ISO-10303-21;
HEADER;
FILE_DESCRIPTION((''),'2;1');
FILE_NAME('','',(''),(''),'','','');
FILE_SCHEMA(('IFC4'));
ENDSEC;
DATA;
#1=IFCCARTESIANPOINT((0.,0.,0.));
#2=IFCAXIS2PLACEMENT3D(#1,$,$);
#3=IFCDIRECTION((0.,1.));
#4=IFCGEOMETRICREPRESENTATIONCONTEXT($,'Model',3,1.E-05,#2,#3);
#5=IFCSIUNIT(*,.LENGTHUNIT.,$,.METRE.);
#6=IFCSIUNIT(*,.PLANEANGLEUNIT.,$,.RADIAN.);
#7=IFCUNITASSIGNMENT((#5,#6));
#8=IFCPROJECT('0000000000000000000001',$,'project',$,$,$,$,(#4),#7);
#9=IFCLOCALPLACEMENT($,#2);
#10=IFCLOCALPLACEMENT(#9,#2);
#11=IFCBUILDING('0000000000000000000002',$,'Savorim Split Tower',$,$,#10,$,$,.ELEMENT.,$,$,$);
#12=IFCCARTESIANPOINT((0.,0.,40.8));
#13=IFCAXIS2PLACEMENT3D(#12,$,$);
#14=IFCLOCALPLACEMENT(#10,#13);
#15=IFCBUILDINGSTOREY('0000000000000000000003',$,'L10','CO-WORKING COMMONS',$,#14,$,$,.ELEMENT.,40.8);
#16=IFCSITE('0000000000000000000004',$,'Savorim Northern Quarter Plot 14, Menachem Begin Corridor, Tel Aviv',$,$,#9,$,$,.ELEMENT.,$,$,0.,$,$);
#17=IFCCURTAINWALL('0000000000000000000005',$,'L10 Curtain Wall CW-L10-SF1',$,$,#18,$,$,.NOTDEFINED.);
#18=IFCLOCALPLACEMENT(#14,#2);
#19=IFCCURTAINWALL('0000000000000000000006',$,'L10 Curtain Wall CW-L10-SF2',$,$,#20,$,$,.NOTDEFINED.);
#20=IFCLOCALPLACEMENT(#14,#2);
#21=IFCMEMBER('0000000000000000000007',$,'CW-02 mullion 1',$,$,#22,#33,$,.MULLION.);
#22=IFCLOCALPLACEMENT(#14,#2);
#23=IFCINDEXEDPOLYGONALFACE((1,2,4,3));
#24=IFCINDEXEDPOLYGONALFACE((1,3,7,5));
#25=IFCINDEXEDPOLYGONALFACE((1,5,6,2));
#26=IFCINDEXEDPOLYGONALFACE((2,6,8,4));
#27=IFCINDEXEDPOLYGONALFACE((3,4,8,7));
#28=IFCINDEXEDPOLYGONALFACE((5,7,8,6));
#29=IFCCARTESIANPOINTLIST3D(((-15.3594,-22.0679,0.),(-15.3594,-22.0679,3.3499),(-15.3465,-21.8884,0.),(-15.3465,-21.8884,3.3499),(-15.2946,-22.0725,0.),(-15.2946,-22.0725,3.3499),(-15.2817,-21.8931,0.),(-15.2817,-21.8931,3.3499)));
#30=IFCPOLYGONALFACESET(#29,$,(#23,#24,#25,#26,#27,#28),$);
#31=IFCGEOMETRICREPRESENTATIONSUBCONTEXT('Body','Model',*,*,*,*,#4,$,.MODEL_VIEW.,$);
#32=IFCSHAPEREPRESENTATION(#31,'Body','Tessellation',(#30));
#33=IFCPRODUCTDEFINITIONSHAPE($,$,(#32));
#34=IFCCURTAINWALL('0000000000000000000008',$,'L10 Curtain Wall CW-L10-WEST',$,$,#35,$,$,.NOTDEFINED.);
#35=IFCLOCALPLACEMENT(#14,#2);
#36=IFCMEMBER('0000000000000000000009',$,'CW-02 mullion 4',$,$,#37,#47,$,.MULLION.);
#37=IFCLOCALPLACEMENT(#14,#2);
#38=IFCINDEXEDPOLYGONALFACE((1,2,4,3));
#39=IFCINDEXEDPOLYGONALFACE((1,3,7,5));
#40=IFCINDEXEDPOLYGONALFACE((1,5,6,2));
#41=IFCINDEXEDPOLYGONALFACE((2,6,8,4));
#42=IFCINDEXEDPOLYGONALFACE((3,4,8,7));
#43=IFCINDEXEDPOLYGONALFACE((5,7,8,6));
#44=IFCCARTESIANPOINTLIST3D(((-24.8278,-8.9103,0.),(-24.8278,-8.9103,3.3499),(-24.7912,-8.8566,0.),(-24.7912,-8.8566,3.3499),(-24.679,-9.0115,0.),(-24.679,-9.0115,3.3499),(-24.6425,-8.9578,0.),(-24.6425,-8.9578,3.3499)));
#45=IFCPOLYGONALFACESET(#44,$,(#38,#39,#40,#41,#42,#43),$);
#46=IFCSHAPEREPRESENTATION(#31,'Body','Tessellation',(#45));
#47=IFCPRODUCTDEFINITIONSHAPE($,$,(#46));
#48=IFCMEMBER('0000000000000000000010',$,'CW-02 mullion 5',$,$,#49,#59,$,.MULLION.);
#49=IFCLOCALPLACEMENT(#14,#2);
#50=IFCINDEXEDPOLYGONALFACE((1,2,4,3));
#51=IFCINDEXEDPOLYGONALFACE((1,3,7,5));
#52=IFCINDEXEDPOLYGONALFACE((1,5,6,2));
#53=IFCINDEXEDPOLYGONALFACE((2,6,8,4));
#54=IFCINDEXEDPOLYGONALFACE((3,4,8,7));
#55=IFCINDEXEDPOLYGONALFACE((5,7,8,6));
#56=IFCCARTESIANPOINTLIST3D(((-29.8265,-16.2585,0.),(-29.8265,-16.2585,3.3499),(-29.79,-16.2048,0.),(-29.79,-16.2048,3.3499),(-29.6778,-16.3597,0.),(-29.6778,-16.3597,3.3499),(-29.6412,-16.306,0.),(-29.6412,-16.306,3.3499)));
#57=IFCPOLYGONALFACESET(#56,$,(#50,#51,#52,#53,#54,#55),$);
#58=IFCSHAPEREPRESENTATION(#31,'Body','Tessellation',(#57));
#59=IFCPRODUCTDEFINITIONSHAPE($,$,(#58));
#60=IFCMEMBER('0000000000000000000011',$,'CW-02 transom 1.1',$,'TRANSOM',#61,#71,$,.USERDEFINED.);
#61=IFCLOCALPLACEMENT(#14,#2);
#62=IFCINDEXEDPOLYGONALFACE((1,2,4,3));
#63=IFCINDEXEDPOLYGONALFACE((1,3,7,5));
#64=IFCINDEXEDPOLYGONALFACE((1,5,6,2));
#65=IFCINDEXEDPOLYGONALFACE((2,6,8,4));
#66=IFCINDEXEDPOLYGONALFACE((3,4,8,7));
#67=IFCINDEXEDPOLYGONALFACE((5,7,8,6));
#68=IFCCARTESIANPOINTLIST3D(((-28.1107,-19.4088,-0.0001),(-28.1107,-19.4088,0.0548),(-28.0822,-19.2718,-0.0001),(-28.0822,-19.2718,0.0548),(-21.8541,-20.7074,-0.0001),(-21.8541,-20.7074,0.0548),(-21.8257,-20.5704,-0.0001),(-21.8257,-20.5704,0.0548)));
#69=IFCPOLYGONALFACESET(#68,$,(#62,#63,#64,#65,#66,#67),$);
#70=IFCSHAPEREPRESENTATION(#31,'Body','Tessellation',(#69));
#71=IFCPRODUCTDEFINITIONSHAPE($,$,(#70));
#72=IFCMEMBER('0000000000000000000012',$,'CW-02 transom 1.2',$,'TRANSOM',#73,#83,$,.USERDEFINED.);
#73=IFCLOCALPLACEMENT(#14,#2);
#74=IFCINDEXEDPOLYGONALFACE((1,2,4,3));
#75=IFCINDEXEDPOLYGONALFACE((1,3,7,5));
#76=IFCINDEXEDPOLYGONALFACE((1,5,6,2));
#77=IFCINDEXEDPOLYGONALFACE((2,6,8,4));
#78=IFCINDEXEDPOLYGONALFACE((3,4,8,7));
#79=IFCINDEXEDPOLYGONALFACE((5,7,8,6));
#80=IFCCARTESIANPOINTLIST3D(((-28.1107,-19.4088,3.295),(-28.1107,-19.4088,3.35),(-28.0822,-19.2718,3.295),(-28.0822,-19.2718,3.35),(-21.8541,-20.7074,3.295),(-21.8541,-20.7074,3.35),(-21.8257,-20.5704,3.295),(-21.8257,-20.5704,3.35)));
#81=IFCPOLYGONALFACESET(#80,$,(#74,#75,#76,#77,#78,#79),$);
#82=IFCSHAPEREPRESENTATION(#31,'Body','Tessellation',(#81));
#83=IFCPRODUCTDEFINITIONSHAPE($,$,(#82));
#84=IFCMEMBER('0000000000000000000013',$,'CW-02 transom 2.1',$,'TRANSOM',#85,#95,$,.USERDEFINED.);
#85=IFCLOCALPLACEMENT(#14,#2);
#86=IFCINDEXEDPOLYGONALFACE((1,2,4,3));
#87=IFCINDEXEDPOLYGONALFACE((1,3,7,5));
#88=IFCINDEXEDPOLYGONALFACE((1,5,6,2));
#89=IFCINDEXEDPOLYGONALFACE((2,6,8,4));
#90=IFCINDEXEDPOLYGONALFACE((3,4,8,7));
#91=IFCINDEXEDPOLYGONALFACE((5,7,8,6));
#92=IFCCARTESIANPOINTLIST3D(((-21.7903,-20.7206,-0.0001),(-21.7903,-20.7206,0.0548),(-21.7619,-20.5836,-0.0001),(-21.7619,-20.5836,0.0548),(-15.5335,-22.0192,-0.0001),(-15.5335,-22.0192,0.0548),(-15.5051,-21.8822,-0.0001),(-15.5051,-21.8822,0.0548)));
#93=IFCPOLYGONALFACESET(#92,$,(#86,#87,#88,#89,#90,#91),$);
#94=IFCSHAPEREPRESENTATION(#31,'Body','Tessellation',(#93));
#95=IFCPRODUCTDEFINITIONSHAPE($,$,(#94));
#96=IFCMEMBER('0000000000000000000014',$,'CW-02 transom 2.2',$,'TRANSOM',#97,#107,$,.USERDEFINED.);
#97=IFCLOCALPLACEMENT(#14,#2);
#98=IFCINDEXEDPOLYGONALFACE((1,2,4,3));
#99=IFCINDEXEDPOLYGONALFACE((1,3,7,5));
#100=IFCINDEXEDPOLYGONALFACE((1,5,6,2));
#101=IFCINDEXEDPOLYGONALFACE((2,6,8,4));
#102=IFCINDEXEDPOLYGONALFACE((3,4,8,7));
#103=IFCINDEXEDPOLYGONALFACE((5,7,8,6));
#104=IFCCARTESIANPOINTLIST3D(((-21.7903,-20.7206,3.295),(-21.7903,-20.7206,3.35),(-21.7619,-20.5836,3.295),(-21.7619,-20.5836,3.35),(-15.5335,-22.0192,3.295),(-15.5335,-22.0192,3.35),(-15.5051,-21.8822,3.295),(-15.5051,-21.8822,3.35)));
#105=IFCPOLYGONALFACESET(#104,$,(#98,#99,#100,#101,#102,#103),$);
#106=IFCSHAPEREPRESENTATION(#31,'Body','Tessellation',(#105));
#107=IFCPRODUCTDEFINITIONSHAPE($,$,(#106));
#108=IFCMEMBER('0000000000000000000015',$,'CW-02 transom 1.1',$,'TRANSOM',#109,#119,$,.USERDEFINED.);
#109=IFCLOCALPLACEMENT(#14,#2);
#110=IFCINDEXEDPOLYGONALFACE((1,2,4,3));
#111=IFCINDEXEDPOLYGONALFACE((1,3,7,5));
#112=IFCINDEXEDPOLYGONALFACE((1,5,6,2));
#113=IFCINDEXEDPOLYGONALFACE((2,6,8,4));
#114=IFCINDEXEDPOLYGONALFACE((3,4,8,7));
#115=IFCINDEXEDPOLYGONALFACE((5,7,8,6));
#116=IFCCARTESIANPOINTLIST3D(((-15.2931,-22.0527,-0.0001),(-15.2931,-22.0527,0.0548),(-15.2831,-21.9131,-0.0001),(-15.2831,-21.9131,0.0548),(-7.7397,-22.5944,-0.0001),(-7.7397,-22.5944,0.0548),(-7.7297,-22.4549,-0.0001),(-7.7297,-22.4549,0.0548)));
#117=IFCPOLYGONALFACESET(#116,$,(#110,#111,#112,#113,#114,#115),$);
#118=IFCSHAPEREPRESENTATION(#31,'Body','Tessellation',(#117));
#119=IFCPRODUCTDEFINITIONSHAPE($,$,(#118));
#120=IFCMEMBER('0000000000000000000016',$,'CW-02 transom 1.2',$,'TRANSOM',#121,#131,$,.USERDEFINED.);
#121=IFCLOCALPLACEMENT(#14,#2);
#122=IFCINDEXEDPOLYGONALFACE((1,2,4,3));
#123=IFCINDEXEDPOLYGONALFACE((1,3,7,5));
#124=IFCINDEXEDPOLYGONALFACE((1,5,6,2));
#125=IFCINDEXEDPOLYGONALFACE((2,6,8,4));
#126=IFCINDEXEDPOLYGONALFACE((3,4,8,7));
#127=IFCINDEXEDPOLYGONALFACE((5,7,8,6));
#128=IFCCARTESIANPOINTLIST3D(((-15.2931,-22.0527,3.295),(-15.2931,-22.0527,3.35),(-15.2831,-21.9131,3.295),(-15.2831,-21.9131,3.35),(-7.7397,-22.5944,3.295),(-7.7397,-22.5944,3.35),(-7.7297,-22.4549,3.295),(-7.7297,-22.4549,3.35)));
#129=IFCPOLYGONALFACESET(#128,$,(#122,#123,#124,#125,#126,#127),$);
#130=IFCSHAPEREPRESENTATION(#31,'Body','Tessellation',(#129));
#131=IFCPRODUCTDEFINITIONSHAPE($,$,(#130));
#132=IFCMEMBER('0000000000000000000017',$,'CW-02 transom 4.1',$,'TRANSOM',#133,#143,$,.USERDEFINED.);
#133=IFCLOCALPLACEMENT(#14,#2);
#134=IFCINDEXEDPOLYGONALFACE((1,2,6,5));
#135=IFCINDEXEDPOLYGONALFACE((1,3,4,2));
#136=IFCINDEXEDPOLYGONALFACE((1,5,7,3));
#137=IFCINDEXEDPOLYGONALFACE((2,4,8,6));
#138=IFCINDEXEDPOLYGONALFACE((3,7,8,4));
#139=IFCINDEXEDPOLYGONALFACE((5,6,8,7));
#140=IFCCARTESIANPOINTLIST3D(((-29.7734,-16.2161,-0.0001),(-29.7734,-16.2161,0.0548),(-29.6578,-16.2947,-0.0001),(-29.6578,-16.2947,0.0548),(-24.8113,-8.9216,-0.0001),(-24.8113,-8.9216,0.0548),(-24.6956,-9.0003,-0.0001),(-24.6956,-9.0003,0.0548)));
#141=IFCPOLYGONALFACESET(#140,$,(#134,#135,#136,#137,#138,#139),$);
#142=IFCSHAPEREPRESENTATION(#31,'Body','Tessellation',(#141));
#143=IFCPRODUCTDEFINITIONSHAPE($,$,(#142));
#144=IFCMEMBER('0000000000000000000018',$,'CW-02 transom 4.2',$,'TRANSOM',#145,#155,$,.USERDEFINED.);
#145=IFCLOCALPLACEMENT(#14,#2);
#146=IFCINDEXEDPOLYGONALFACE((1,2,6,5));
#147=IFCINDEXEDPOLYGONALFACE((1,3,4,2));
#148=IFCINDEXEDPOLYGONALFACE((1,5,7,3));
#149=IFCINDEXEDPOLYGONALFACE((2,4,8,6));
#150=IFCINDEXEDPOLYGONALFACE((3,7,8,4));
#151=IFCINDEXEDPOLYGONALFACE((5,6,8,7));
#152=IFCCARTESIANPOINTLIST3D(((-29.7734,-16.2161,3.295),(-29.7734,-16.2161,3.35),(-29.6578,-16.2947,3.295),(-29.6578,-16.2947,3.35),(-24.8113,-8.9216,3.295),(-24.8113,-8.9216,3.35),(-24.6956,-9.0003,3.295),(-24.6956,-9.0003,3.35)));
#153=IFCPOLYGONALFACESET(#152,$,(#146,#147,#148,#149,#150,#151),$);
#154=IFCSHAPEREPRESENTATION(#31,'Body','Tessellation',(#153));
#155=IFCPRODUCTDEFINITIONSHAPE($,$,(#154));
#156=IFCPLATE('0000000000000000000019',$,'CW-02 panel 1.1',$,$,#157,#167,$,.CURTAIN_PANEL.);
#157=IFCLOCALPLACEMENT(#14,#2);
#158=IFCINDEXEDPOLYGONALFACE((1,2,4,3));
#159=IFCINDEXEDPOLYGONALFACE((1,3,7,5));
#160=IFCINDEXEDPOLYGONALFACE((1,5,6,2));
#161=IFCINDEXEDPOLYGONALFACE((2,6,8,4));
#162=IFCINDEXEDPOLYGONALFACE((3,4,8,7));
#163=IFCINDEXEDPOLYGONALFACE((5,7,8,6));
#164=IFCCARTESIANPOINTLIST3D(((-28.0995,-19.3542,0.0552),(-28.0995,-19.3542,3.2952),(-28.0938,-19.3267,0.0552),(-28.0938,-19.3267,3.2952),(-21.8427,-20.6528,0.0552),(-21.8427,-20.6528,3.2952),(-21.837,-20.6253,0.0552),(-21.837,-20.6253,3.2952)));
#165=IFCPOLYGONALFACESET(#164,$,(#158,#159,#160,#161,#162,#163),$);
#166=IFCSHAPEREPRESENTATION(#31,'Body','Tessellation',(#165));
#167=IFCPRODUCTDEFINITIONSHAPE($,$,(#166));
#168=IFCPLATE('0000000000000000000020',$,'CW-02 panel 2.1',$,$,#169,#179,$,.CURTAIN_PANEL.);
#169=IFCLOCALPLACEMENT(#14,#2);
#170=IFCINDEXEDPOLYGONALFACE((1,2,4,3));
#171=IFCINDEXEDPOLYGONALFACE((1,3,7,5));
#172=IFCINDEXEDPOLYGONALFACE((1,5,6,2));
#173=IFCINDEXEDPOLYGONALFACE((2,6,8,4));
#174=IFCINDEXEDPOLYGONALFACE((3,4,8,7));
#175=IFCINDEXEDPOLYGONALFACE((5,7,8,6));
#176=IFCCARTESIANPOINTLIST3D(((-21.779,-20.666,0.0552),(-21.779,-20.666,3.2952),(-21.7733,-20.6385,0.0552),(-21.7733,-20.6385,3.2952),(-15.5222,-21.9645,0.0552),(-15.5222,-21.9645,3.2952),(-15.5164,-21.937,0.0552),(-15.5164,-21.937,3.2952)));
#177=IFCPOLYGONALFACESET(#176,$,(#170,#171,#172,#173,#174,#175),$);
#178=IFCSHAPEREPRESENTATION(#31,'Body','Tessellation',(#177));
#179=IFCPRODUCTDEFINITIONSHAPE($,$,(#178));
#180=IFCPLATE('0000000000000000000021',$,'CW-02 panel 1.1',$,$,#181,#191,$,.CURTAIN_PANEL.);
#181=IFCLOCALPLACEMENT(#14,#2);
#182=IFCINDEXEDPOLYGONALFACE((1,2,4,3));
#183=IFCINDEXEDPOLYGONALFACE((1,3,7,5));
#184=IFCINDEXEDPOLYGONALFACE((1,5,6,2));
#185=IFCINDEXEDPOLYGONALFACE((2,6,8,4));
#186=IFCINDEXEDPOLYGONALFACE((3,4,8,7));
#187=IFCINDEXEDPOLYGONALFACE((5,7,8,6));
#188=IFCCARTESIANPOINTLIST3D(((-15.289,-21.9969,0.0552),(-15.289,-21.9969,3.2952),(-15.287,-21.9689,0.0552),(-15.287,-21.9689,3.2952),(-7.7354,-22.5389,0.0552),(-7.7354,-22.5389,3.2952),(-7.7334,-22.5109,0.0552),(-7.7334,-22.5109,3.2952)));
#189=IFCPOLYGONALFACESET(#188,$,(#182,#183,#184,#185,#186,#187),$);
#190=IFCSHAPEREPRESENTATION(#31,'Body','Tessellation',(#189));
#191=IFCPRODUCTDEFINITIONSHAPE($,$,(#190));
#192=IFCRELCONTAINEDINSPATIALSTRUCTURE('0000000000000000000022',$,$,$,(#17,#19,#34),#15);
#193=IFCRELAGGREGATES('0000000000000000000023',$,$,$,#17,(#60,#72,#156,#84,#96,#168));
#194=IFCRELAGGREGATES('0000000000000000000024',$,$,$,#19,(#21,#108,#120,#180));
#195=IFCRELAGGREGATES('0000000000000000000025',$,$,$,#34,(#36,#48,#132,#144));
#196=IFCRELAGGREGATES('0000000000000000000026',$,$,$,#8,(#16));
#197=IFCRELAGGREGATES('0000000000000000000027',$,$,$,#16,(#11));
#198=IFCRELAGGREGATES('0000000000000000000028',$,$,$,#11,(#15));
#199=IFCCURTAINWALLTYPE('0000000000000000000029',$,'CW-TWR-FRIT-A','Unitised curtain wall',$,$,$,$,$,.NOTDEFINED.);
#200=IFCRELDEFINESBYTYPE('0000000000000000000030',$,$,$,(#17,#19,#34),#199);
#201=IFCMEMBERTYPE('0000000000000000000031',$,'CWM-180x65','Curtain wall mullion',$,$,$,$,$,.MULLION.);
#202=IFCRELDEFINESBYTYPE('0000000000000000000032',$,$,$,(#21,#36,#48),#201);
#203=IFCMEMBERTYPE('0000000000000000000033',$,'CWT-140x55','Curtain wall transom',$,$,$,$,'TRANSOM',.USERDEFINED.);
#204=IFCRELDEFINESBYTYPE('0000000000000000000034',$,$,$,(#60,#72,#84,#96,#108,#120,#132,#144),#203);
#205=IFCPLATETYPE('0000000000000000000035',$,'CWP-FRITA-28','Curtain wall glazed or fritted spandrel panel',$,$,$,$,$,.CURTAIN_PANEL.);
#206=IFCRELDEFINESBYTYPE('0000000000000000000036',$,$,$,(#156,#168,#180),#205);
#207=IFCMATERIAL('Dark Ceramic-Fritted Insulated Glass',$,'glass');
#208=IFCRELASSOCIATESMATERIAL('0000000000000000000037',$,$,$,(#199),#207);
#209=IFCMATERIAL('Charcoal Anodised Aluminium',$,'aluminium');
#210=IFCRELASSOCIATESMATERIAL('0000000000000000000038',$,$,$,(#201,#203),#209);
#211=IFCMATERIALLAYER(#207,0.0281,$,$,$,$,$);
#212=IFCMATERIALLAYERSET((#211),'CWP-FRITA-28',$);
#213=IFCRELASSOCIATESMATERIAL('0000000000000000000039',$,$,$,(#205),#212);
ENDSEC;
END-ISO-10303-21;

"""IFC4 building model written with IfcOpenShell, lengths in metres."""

from ifc_helpers import new_model, si_unit, direction, frame, origin, origin_2d, place, context, subcontext, project, spatial, rectangle, extrude, material, layer, layer_set, material_profile, profile_set, type_object, element, aggregate, save


model = new_model("IFC4")

# Units and contexts
model_context = context("Model", 3, precision=1e-05, world=origin(), true_north=direction((0.0, 1.0)))
body_context = subcontext(model_context, "Body", "Model", "MODEL_VIEW")
ifc_project = project(units=[si_unit("LENGTHUNIT", "METRE"), si_unit("PLANEANGLEUNIT", "RADIAN")], contexts=[model_context])

# Site, building, storey
site_placement = place(None, origin())
site = spatial("IfcSite", under=ifc_project, at=site_placement, Name="Savorim Northern Quarter Plot 14, Menachem Begin Corridor, Tel Aviv", CompositionType="ELEMENT", RefElevation=0.0)
building_placement = place(site_placement, origin())
building = spatial("IfcBuilding", under=site, at=building_placement, Name="Savorim Split Tower", CompositionType="ELEMENT")
storey_placement = place(building_placement, frame((0.0, 0.0, 40.8)))
storey = spatial("IfcBuildingStorey", under=building, at=storey_placement, Name="L10", Description="CO-WORKING COMMONS", CompositionType="ELEMENT", Elevation=40.8)

# Curtain wall
ifc_material_1 = material(Name="Dark Ceramic-Fritted Insulated Glass", Category="glass")
curtain_wall_type = type_object("IfcCurtainWallType", Name="CW-TWR-FRIT-A", Description="Unitised curtain wall", PredefinedType="NOTDEFINED", material=ifc_material_1)
curtain_wall_1_placement = place(storey_placement, origin())
curtain_wall_1 = element("IfcCurtainWall", 1, at=curtain_wall_1_placement, inside=storey, type_object=curtain_wall_type, Name="L10 Curtain Wall CW-L10-SF1", PredefinedType="NOTDEFINED")
ifc_material_2 = material(Name="Charcoal Anodised Aluminium", Category="aluminium")
ifc_material_profile_1 = material_profile(ifc_material_2, rectangle(XDim=0.1799, YDim=0.0649, at=origin_2d()), Name="ALU-M 180x65")
ifc_profile_set_1 = profile_set([ifc_material_profile_1], Name="Charcoal Anodised Aluminium")
member_type_1 = type_object("IfcMemberType", Name="CWM-180x65", Description="Curtain wall mullion", PredefinedType="MULLION", material=ifc_profile_set_1)

# Curtain wall, member
curtain_wall_2_placement = place(storey_placement, origin())
curtain_wall_2 = element("IfcCurtainWall", 2, at=curtain_wall_2_placement, inside=storey, type_object=curtain_wall_type, Name="L10 Curtain Wall CW-L10-SF2", PredefinedType="NOTDEFINED")
member_1_placement = place(storey_placement, frame((-15.3206, -21.9805, 0.0), z_axis=(0.0, 0.0, 1.0), x_axis=(0.07156, 0.997436, 0.0)))
member_1 = element("IfcMember", 3, at=member_1_placement, type_object=member_type_1, Name="CW-02 mullion 1", PredefinedType="MULLION", context=body_context, shape_type="SweptSolid", body=[
    extrude(rectangle(XDim=0.1799, YDim=0.0649, at=origin_2d()), origin(), (0.0, 0.0, 1.0), 3.3499),
])

# Curtain wall, members
curtain_wall_3_placement = place(storey_placement, origin())
curtain_wall_3 = element("IfcCurtainWall", 4, at=curtain_wall_3_placement, inside=storey, type_object=curtain_wall_type, Name="L10 Curtain Wall CW-L10-WEST", PredefinedType="NOTDEFINED")
member_2_placement = place(storey_placement, frame((-24.7351, -8.9341, 0.0), z_axis=(0.0, 0.0, 1.0), x_axis=(0.826821, -0.562465, 0.0)))
member_2 = element("IfcMember", 5, at=member_2_placement, type_object=member_type_1, Name="CW-02 mullion 4", PredefinedType="MULLION", context=body_context, shape_type="SweptSolid", body=[
    extrude(rectangle(XDim=0.1799, YDim=0.0649, at=origin_2d()), origin(), (0.0, 0.0, 1.0), 3.3499),
])
member_3_placement = place(storey_placement, frame((-29.7339, -16.2822, 0.0), z_axis=(0.0, 0.0, 1.0), x_axis=(0.826821, -0.562465, 0.0)))
member_3 = element("IfcMember", 6, at=member_3_placement, type_object=member_type_1, Name="CW-02 mullion 5", PredefinedType="MULLION", context=body_context, shape_type="SweptSolid", body=[
    extrude(rectangle(XDim=0.1799, YDim=0.0649, at=origin_2d()), origin(), (0.0, 0.0, 1.0), 3.3499),
])

# Members
ifc_material_profile_2 = material_profile(ifc_material_2, rectangle(XDim=0.1399, YDim=0.0549, at=origin_2d()), Name="ALU-T 140x55")
ifc_profile_set_2 = profile_set([ifc_material_profile_2], Name="Charcoal Anodised Aluminium")
member_type_2 = type_object("IfcMemberType", Name="CWT-140x55", Description="Curtain wall transom", ElementType="TRANSOM", PredefinedType="USERDEFINED", material=ifc_profile_set_2)
member_4_placement = place(storey_placement, frame((-28.0964, -19.3403, 0.0273), z_axis=(0.979132, -0.203223, 0.0), x_axis=(0.203223, 0.979132, 0.0)))
member_4 = element("IfcMember", 7, at=member_4_placement, type_object=member_type_2, Name="CW-02 transom 1.1", ObjectType="TRANSOM", PredefinedType="USERDEFINED", context=body_context, shape_type="SweptSolid", body=[
    extrude(rectangle(XDim=0.1399, YDim=0.0549, at=origin_2d()), origin(), (0.0, 0.0, 1.0), 6.3899),
])
member_5_placement = place(storey_placement, frame((-28.0964, -19.3403, 3.3225), z_axis=(0.979132, -0.203223, 0.0), x_axis=(0.203223, 0.979132, 0.0)))
member_5 = element("IfcMember", 8, at=member_5_placement, type_object=member_type_2, Name="CW-02 transom 1.2", ObjectType="TRANSOM", PredefinedType="USERDEFINED", context=body_context, shape_type="SweptSolid", body=[
    extrude(rectangle(XDim=0.1399, YDim=0.0549, at=origin_2d()), origin(), (0.0, 0.0, 1.0), 6.3899),
])
member_6_placement = place(storey_placement, frame((-21.7761, -20.6521, 0.0273), z_axis=(0.979134, -0.203216, 0.0), x_axis=(0.203216, 0.979134, 0.0)))
member_6 = element("IfcMember", 9, at=member_6_placement, type_object=member_type_2, Name="CW-02 transom 2.1", ObjectType="TRANSOM", PredefinedType="USERDEFINED", context=body_context, shape_type="SweptSolid", body=[
    extrude(rectangle(XDim=0.1399, YDim=0.0549, at=origin_2d()), origin(), (0.0, 0.0, 1.0), 6.3901),
])
member_7_placement = place(storey_placement, frame((-21.7761, -20.6521, 3.3225), z_axis=(0.979134, -0.203216, 0.0), x_axis=(0.203216, 0.979134, 0.0)))
member_7 = element("IfcMember", 10, at=member_7_placement, type_object=member_type_2, Name="CW-02 transom 2.2", ObjectType="TRANSOM", PredefinedType="USERDEFINED", context=body_context, shape_type="SweptSolid", body=[
    extrude(rectangle(XDim=0.1399, YDim=0.0549, at=origin_2d()), origin(), (0.0, 0.0, 1.0), 6.3901),
])
member_8_placement = place(storey_placement, frame((-15.2881, -21.9829, 0.0273), z_axis=(0.997438, -0.071538, 0.0), x_axis=(0.071538, 0.997438, 0.0)))
member_8 = element("IfcMember", 11, at=member_8_placement, type_object=member_type_2, Name="CW-02 transom 1.1", ObjectType="TRANSOM", PredefinedType="USERDEFINED", context=body_context, shape_type="SweptSolid", body=[
    extrude(rectangle(XDim=0.1399, YDim=0.0549, at=origin_2d()), origin(), (0.0, 0.0, 1.0), 7.5728),
])
member_9_placement = place(storey_placement, frame((-15.2881, -21.9829, 3.3225), z_axis=(0.997438, -0.071538, 0.0), x_axis=(0.071538, 0.997438, 0.0)))
member_9 = element("IfcMember", 12, at=member_9_placement, type_object=member_type_2, Name="CW-02 transom 1.2", ObjectType="TRANSOM", PredefinedType="USERDEFINED", context=body_context, shape_type="SweptSolid", body=[
    extrude(rectangle(XDim=0.1399, YDim=0.0549, at=origin_2d()), origin(), (0.0, 0.0, 1.0), 7.5728),
])
member_10_placement = place(storey_placement, frame((-24.7534, -8.9609, 0.0273), z_axis=(-0.562461, -0.826824, 0.0), x_axis=(0.826824, -0.562461, 0.0)))
member_10 = element("IfcMember", 13, at=member_10_placement, type_object=member_type_2, Name="CW-02 transom 4.1", ObjectType="TRANSOM", PredefinedType="USERDEFINED", context=body_context, shape_type="SweptSolid", body=[
    extrude(rectangle(XDim=0.1399, YDim=0.0549, at=origin_2d()), origin(), (0.0, 0.0, 1.0), 8.8223),
])
member_11_placement = place(storey_placement, frame((-24.7534, -8.9609, 3.3225), z_axis=(-0.562461, -0.826824, 0.0), x_axis=(0.826824, -0.562461, 0.0)))
member_11 = element("IfcMember", 14, at=member_11_placement, type_object=member_type_2, Name="CW-02 transom 4.2", ObjectType="TRANSOM", PredefinedType="USERDEFINED", context=body_context, shape_type="SweptSolid", body=[
    extrude(rectangle(XDim=0.1399, YDim=0.0549, at=origin_2d()), origin(), (0.0, 0.0, 1.0), 8.8223),
])

# Plates
ifc_layer_1 = layer(ifc_material_1, 0.0281)
ifc_layer_set_1 = layer_set([ifc_layer_1], Name="CWP-FRITA-28")
plate_type = type_object("IfcPlateType", Name="CWP-FRITA-28", Description="Curtain wall glazed or fritted spandrel panel", PredefinedType="CURTAIN_PANEL", material=ifc_layer_set_1)
plate_1_placement = place(storey_placement, frame((-24.9683, -19.9897, 0.0552), z_axis=(0.0, 0.0, 1.0), x_axis=(0.979135, -0.20321, 0.0)))
plate_1 = element("IfcPlate", 15, at=plate_1_placement, type_object=plate_type, Name="CW-02 panel 1.1", PredefinedType="CURTAIN_PANEL", context=body_context, shape_type="SweptSolid", body=[
    extrude(rectangle(XDim=6.3901, YDim=0.0281, at=origin_2d()), origin(), (0.0, 0.0, 1.0), 3.24),
])
plate_2_placement = place(storey_placement, frame((-18.6477, -21.3015, 0.0552), z_axis=(0.0, 0.0, 1.0), x_axis=(0.979135, -0.20321, 0.0)))
plate_2 = element("IfcPlate", 16, at=plate_2_placement, type_object=plate_type, Name="CW-02 panel 2.1", PredefinedType="CURTAIN_PANEL", context=body_context, shape_type="SweptSolid", body=[
    extrude(rectangle(XDim=6.3901, YDim=0.0281, at=origin_2d()), origin(), (0.0, 0.0, 1.0), 3.24),
])
aggregate(curtain_wall_1, [member_4, member_5, plate_1, member_6, member_7, plate_2])
plate_3_placement = place(storey_placement, frame((-11.5112, -22.2539, 0.0552), z_axis=(0.0, 0.0, 1.0), x_axis=(0.997436, -0.07156, 0.0)))
plate_3 = element("IfcPlate", 17, at=plate_3_placement, type_object=plate_type, Name="CW-02 panel 1.1", PredefinedType="CURTAIN_PANEL", context=body_context, shape_type="SweptSolid", body=[
    extrude(rectangle(XDim=7.573, YDim=0.0281, at=origin_2d()), origin(), (0.0, 0.0, 1.0), 3.24),
])
aggregate(curtain_wall_2, [member_1, member_8, member_9, plate_3])
aggregate(curtain_wall_3, [member_2, member_3, member_10, member_11])

save(model, "model.ifc")
